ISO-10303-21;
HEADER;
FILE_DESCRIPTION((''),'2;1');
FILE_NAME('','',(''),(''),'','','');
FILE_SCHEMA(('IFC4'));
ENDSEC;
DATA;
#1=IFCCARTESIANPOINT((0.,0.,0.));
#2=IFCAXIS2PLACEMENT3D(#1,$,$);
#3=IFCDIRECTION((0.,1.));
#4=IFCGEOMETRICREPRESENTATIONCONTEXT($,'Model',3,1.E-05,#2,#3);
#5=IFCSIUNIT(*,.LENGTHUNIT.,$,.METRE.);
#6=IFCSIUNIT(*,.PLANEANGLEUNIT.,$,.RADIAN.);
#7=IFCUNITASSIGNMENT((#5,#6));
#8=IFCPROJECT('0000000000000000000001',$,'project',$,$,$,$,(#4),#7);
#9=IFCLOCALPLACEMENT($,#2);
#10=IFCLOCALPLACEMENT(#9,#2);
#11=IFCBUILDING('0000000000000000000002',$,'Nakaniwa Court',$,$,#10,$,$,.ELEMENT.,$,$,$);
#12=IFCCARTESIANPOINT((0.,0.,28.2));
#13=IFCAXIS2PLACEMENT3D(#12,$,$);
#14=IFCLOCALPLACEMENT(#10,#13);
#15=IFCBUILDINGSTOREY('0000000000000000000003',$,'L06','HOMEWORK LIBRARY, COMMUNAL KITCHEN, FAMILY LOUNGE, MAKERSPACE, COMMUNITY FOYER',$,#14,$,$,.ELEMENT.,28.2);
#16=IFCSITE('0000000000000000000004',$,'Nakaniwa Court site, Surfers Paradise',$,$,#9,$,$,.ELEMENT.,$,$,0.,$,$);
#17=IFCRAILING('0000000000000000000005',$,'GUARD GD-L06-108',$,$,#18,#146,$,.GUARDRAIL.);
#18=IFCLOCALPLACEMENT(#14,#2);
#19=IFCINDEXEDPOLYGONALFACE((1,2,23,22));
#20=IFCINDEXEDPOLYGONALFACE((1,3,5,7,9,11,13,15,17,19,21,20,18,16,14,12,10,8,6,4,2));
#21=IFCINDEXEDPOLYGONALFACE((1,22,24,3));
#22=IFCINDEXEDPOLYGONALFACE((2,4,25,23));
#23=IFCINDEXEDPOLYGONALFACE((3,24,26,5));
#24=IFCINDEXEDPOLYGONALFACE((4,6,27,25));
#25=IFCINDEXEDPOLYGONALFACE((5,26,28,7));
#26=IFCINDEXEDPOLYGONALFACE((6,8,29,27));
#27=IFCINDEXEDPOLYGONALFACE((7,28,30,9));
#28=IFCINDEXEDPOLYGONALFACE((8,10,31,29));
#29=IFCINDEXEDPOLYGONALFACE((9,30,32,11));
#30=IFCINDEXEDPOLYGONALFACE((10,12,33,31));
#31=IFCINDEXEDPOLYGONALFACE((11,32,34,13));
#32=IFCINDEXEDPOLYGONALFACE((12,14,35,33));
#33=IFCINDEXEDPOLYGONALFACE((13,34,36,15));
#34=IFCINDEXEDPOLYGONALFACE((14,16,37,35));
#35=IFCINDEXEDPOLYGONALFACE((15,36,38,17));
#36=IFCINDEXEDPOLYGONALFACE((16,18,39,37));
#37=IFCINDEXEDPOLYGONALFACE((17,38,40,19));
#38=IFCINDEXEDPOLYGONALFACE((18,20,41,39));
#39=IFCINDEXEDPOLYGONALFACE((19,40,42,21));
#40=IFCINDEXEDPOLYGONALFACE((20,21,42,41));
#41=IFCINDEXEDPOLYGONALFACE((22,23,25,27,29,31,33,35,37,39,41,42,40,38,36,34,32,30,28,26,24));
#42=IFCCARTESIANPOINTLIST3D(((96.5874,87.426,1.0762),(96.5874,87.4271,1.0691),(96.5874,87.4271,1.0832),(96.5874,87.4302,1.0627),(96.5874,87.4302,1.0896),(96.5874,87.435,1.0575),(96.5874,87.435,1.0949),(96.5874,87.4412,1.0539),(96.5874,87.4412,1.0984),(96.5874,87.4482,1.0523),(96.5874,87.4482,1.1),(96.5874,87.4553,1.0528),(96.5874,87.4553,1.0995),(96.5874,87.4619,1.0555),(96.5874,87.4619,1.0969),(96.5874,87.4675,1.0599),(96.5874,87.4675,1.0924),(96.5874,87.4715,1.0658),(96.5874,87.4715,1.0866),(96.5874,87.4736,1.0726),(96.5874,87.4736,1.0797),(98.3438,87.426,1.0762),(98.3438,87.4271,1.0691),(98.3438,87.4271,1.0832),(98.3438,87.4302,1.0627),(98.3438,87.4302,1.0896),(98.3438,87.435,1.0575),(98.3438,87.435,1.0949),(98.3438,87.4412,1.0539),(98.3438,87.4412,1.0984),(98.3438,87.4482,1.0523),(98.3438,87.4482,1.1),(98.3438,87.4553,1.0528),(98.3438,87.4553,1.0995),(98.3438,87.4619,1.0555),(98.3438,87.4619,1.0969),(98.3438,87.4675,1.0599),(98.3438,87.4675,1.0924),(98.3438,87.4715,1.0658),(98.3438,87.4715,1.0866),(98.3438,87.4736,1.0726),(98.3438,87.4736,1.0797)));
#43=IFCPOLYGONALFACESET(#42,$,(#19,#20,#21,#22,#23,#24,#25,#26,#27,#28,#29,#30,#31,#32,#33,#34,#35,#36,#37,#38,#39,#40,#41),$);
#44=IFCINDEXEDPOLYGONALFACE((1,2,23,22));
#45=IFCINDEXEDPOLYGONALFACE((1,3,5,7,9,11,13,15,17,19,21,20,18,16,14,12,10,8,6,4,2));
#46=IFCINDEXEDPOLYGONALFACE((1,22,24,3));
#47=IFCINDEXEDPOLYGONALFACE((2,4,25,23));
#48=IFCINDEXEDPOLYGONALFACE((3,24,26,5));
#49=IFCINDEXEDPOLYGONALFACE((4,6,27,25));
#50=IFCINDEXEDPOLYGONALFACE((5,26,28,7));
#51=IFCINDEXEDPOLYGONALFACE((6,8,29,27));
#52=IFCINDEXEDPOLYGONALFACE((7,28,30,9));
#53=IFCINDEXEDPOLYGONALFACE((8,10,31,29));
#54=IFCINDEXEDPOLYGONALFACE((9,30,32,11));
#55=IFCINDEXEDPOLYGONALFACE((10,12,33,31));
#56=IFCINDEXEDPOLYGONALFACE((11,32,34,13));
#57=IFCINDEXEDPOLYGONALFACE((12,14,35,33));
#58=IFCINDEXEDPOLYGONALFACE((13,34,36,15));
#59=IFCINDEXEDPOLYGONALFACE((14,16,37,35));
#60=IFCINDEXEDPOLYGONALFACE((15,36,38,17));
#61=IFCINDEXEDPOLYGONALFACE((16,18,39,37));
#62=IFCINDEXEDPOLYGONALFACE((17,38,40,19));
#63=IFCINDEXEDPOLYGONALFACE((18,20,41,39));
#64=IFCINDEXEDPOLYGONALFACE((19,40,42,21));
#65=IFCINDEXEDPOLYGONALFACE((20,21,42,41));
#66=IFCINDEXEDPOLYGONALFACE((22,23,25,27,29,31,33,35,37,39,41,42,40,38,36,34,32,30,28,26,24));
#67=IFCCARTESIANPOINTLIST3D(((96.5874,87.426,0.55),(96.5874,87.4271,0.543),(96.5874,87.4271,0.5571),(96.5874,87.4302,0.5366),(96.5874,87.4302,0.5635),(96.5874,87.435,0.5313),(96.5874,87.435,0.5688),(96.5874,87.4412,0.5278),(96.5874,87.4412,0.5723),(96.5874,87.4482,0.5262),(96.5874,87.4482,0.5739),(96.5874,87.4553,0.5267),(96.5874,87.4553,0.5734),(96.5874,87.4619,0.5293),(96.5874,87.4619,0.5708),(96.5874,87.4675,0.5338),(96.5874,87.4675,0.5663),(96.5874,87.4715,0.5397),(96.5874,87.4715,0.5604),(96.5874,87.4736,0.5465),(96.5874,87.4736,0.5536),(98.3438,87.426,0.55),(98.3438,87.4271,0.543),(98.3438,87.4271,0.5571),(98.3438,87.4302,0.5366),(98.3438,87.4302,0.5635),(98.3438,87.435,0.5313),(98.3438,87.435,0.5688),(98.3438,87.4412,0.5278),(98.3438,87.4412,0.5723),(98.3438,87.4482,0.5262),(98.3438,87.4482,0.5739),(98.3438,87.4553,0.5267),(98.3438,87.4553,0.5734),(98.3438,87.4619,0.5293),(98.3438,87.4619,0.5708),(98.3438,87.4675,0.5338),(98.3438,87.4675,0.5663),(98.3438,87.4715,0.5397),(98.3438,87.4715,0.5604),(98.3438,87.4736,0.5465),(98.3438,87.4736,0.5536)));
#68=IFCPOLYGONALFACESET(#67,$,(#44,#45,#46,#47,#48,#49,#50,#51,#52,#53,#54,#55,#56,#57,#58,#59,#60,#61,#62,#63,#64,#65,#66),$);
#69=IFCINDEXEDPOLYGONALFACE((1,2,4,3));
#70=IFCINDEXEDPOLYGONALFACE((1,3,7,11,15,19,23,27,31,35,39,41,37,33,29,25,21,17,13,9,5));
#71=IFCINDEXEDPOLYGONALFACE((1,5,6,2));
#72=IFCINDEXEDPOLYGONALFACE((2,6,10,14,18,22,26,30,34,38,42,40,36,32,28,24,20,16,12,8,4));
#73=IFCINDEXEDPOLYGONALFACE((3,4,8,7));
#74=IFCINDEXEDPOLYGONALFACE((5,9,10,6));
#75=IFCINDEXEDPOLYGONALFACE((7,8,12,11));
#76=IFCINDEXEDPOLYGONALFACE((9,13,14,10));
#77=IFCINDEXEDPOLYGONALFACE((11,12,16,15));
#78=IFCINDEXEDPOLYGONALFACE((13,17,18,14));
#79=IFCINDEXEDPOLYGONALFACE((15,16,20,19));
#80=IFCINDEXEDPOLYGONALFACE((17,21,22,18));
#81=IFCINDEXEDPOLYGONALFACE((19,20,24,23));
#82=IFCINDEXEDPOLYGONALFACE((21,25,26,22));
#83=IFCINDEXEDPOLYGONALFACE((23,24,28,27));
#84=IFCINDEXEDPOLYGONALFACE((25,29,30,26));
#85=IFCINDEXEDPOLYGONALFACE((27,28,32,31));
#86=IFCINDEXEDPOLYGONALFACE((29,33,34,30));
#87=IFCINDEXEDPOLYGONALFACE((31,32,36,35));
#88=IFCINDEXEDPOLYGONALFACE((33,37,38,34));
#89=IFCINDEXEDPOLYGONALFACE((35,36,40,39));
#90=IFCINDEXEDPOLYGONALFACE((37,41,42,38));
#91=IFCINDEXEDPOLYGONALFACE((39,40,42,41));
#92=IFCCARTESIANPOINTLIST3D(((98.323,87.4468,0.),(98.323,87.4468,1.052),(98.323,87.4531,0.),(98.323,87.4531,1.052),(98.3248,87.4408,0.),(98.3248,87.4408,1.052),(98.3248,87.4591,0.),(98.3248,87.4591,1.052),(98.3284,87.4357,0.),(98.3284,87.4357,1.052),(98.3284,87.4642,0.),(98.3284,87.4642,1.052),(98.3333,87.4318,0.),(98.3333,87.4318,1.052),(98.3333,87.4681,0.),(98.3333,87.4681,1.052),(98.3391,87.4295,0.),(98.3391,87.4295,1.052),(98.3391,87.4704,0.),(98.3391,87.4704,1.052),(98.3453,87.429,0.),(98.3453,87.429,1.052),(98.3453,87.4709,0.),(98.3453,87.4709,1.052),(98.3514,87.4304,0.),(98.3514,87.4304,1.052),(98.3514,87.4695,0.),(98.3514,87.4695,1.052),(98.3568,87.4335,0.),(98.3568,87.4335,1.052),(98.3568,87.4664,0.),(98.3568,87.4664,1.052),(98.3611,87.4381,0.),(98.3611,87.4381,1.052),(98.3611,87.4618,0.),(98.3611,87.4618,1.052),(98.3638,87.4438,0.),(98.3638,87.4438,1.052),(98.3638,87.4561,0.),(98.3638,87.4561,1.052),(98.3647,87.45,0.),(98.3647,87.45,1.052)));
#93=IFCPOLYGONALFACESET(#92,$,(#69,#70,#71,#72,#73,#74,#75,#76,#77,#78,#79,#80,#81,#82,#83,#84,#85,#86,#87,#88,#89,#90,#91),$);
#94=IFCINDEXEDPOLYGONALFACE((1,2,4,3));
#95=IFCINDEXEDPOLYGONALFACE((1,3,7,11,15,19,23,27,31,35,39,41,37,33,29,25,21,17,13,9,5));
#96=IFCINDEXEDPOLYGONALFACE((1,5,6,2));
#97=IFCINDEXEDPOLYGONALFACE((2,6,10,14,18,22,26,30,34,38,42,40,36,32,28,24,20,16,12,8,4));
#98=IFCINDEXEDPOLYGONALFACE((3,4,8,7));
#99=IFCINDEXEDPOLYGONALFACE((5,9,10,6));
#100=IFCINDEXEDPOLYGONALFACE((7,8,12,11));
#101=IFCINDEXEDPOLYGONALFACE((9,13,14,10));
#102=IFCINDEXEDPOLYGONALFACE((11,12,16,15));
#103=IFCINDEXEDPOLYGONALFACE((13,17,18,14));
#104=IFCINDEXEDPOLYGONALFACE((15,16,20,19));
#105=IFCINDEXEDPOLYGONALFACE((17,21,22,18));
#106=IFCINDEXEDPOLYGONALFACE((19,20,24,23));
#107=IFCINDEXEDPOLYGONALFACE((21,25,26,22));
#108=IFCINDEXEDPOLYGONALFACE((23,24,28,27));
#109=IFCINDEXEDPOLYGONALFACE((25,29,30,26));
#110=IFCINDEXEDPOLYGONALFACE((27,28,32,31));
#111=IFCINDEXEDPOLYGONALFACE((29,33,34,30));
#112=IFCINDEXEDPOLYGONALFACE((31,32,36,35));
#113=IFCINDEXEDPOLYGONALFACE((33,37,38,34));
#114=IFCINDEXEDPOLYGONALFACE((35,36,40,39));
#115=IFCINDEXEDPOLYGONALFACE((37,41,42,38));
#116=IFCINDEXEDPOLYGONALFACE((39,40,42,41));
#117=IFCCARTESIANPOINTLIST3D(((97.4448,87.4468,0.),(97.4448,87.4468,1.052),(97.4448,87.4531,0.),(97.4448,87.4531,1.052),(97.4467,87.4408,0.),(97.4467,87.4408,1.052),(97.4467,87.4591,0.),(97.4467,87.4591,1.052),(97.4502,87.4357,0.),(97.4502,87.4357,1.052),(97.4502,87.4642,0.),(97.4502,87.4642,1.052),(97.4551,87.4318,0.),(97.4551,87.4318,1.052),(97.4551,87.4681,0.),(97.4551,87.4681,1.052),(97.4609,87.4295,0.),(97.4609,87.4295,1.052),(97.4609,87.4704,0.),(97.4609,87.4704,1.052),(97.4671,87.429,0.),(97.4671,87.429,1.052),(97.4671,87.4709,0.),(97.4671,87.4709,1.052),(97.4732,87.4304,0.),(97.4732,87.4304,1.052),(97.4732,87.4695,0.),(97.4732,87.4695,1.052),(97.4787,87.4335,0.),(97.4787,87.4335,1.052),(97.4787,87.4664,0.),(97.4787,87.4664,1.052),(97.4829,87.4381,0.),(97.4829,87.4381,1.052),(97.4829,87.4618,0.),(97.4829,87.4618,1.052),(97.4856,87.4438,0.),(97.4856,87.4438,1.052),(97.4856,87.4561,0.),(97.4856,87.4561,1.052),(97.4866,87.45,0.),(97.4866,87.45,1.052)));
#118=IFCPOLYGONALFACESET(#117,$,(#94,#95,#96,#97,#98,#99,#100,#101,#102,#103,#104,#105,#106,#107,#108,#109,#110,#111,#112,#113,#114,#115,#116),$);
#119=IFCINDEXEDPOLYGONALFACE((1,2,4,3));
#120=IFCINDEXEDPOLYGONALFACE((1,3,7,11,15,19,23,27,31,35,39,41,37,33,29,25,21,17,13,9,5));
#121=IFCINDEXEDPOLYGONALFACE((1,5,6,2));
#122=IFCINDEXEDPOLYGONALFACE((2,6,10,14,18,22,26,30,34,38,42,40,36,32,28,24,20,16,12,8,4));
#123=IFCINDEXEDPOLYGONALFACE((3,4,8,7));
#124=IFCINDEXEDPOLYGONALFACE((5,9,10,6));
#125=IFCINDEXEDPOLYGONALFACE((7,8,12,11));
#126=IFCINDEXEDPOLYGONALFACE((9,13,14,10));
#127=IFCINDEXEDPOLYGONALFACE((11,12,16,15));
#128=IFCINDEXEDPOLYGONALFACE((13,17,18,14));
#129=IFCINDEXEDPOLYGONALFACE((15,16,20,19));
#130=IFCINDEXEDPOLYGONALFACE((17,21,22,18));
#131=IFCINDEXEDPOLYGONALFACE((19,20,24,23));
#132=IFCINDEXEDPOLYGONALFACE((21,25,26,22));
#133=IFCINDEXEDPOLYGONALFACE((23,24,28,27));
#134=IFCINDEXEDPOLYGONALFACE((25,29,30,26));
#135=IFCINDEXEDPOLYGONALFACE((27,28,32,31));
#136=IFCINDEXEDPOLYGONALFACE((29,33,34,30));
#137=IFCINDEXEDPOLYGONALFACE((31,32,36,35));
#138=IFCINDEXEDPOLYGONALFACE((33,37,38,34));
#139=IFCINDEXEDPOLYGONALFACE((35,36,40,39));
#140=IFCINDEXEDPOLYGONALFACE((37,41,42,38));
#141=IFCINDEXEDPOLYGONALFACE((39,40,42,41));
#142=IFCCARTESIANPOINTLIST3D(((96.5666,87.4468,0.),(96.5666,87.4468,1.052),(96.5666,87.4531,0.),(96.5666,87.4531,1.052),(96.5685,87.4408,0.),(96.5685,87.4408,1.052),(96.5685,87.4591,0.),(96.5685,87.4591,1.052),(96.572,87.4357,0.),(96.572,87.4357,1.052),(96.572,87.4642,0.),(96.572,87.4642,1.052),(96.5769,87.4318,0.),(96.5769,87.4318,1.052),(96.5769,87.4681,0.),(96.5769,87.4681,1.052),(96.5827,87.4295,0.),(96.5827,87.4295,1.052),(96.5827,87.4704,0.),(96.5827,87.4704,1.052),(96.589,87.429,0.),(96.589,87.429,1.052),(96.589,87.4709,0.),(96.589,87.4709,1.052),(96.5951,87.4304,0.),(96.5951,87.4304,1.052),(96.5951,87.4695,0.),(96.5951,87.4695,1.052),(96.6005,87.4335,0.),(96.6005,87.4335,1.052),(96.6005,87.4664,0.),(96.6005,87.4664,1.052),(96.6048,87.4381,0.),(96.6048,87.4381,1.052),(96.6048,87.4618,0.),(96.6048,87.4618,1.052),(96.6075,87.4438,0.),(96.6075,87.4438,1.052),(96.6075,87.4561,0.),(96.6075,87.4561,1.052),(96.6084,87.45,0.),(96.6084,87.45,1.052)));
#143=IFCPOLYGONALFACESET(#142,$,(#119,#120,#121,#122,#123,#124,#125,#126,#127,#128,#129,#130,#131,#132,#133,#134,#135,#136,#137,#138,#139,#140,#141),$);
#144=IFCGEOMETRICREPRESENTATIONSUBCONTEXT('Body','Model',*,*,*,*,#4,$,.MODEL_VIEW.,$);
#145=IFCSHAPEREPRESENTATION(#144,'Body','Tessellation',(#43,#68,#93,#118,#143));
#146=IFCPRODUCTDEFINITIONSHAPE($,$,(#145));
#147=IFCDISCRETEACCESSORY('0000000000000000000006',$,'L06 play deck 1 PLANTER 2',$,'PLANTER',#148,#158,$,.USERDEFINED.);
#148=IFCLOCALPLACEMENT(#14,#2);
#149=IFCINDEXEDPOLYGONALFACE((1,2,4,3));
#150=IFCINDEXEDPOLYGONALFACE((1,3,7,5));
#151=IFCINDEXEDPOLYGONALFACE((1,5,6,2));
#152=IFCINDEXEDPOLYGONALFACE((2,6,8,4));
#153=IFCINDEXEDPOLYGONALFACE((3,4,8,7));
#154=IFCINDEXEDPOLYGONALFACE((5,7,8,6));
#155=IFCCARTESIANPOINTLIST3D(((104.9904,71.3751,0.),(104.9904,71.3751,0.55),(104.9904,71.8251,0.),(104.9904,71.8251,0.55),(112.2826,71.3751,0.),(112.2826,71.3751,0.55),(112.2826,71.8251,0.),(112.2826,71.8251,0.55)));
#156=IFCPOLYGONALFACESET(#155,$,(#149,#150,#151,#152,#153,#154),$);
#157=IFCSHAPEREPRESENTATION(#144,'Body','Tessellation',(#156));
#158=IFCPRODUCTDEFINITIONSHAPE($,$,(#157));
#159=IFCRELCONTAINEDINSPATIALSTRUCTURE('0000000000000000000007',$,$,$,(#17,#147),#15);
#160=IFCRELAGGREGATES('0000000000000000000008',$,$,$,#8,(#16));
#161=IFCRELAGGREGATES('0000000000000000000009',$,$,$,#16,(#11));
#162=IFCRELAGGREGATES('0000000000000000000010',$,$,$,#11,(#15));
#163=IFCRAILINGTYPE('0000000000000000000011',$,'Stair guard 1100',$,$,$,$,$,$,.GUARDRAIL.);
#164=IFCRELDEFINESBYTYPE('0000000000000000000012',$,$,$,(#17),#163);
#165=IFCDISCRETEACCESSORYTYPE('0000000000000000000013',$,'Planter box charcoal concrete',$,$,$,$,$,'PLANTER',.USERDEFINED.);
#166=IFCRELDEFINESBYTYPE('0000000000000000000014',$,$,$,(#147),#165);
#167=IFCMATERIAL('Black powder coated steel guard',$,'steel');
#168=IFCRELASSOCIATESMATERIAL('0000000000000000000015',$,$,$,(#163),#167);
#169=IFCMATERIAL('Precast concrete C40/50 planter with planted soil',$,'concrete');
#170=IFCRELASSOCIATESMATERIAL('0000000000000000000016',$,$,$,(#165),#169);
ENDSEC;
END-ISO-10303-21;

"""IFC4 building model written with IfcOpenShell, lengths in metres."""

from ifc_helpers import new_model, si_unit, direction, frame, origin, origin_2d, place, context, subcontext, project, spatial, rectangle, circle, extrude, material, type_object, element, save


model = new_model("IFC4")

# Units and contexts
model_context = context("Model", 3, precision=1e-05, world=origin(), true_north=direction((0.0, 1.0)))
body_context = subcontext(model_context, "Body", "Model", "MODEL_VIEW")
ifc_project = project(units=[si_unit("LENGTHUNIT", "METRE"), si_unit("PLANEANGLEUNIT", "RADIAN")], contexts=[model_context])

# Site, building, storey
site_placement = place(None, origin())
site = spatial("IfcSite", under=ifc_project, at=site_placement, Name="Nakaniwa Court site, Surfers Paradise", CompositionType="ELEMENT", RefElevation=0.0)
building_placement = place(site_placement, origin())
building = spatial("IfcBuilding", under=site, at=building_placement, Name="Nakaniwa Court", CompositionType="ELEMENT")
storey_placement = place(building_placement, frame((0.0, 0.0, 28.2)))
storey = spatial("IfcBuildingStorey", under=building, at=storey_placement, Name="L06", Description="HOMEWORK LIBRARY, COMMUNAL KITCHEN, FAMILY LOUNGE, MAKERSPACE, COMMUNITY FOYER", CompositionType="ELEMENT", Elevation=28.2)

# Railing
ifc_material_1 = material(Name="Black powder coated steel guard", Category="steel")
railing_type_1 = type_object("IfcRailingType", Name="Stair guard 1100", PredefinedType="GUARDRAIL", material=ifc_material_1)
railing_1_placement = place(storey_placement, frame((98.3438, 87.45, 0.0)))
element("IfcRailing", 1, at=railing_1_placement, inside=storey, type_object=railing_type_1, Name="GUARD GD-L06-108", PredefinedType="GUARDRAIL", context=body_context, shape_type="SweptSolid", body=[
    extrude(circle(Radius=0.0239, at=origin_2d()), frame((0.0, 0.0, 1.0762), z_axis=(-1.0, 0.0, 0.0), x_axis=(0.0, -1.0, 0.0)), (0.0, 0.0, 1.0), 1.7563),
    extrude(circle(Radius=0.0239, at=origin_2d()), frame((0.0, 0.0, 0.55), z_axis=(-1.0, 0.0, 0.0), x_axis=(0.0, -1.0, 0.0)), (0.0, 0.0, 1.0), 1.7563),
    extrude(circle(Radius=0.021, at=origin_2d()), origin(), (0.0, 0.0, 1.0), 1.052),
    extrude(circle(Radius=0.021, at=origin_2d()), frame((-0.8782, 0.0, 0.0)), (0.0, 0.0, 1.0), 1.052),
    extrude(circle(Radius=0.021, at=origin_2d()), frame((-1.7563, 0.0, 0.0)), (0.0, 0.0, 1.0), 1.052),
])

# Discrete accessory
ifc_material_2 = material(Name="Precast concrete C40/50 planter with planted soil", Category="concrete")
discrete_accessory_type = type_object("IfcDiscreteAccessoryType", Name="Planter box charcoal concrete", ElementType="PLANTER", PredefinedType="USERDEFINED", material=ifc_material_2)
discrete_accessory_placement = place(storey_placement, frame((108.6365, 71.6001, 0.0), z_axis=(0.0, 0.0, 1.0), x_axis=(-1.0, 0.0, 0.0)))
element("IfcDiscreteAccessory", 2, at=discrete_accessory_placement, inside=storey, type_object=discrete_accessory_type, Name="L06 play deck 1 PLANTER 2", ObjectType="PLANTER", PredefinedType="USERDEFINED", context=body_context, shape_type="SweptSolid", body=[
    extrude(rectangle(XDim=7.2922, YDim=0.45, at=origin_2d()), origin(), (0.0, 0.0, 1.0), 0.55),
])

save(model, "model.ifc")
